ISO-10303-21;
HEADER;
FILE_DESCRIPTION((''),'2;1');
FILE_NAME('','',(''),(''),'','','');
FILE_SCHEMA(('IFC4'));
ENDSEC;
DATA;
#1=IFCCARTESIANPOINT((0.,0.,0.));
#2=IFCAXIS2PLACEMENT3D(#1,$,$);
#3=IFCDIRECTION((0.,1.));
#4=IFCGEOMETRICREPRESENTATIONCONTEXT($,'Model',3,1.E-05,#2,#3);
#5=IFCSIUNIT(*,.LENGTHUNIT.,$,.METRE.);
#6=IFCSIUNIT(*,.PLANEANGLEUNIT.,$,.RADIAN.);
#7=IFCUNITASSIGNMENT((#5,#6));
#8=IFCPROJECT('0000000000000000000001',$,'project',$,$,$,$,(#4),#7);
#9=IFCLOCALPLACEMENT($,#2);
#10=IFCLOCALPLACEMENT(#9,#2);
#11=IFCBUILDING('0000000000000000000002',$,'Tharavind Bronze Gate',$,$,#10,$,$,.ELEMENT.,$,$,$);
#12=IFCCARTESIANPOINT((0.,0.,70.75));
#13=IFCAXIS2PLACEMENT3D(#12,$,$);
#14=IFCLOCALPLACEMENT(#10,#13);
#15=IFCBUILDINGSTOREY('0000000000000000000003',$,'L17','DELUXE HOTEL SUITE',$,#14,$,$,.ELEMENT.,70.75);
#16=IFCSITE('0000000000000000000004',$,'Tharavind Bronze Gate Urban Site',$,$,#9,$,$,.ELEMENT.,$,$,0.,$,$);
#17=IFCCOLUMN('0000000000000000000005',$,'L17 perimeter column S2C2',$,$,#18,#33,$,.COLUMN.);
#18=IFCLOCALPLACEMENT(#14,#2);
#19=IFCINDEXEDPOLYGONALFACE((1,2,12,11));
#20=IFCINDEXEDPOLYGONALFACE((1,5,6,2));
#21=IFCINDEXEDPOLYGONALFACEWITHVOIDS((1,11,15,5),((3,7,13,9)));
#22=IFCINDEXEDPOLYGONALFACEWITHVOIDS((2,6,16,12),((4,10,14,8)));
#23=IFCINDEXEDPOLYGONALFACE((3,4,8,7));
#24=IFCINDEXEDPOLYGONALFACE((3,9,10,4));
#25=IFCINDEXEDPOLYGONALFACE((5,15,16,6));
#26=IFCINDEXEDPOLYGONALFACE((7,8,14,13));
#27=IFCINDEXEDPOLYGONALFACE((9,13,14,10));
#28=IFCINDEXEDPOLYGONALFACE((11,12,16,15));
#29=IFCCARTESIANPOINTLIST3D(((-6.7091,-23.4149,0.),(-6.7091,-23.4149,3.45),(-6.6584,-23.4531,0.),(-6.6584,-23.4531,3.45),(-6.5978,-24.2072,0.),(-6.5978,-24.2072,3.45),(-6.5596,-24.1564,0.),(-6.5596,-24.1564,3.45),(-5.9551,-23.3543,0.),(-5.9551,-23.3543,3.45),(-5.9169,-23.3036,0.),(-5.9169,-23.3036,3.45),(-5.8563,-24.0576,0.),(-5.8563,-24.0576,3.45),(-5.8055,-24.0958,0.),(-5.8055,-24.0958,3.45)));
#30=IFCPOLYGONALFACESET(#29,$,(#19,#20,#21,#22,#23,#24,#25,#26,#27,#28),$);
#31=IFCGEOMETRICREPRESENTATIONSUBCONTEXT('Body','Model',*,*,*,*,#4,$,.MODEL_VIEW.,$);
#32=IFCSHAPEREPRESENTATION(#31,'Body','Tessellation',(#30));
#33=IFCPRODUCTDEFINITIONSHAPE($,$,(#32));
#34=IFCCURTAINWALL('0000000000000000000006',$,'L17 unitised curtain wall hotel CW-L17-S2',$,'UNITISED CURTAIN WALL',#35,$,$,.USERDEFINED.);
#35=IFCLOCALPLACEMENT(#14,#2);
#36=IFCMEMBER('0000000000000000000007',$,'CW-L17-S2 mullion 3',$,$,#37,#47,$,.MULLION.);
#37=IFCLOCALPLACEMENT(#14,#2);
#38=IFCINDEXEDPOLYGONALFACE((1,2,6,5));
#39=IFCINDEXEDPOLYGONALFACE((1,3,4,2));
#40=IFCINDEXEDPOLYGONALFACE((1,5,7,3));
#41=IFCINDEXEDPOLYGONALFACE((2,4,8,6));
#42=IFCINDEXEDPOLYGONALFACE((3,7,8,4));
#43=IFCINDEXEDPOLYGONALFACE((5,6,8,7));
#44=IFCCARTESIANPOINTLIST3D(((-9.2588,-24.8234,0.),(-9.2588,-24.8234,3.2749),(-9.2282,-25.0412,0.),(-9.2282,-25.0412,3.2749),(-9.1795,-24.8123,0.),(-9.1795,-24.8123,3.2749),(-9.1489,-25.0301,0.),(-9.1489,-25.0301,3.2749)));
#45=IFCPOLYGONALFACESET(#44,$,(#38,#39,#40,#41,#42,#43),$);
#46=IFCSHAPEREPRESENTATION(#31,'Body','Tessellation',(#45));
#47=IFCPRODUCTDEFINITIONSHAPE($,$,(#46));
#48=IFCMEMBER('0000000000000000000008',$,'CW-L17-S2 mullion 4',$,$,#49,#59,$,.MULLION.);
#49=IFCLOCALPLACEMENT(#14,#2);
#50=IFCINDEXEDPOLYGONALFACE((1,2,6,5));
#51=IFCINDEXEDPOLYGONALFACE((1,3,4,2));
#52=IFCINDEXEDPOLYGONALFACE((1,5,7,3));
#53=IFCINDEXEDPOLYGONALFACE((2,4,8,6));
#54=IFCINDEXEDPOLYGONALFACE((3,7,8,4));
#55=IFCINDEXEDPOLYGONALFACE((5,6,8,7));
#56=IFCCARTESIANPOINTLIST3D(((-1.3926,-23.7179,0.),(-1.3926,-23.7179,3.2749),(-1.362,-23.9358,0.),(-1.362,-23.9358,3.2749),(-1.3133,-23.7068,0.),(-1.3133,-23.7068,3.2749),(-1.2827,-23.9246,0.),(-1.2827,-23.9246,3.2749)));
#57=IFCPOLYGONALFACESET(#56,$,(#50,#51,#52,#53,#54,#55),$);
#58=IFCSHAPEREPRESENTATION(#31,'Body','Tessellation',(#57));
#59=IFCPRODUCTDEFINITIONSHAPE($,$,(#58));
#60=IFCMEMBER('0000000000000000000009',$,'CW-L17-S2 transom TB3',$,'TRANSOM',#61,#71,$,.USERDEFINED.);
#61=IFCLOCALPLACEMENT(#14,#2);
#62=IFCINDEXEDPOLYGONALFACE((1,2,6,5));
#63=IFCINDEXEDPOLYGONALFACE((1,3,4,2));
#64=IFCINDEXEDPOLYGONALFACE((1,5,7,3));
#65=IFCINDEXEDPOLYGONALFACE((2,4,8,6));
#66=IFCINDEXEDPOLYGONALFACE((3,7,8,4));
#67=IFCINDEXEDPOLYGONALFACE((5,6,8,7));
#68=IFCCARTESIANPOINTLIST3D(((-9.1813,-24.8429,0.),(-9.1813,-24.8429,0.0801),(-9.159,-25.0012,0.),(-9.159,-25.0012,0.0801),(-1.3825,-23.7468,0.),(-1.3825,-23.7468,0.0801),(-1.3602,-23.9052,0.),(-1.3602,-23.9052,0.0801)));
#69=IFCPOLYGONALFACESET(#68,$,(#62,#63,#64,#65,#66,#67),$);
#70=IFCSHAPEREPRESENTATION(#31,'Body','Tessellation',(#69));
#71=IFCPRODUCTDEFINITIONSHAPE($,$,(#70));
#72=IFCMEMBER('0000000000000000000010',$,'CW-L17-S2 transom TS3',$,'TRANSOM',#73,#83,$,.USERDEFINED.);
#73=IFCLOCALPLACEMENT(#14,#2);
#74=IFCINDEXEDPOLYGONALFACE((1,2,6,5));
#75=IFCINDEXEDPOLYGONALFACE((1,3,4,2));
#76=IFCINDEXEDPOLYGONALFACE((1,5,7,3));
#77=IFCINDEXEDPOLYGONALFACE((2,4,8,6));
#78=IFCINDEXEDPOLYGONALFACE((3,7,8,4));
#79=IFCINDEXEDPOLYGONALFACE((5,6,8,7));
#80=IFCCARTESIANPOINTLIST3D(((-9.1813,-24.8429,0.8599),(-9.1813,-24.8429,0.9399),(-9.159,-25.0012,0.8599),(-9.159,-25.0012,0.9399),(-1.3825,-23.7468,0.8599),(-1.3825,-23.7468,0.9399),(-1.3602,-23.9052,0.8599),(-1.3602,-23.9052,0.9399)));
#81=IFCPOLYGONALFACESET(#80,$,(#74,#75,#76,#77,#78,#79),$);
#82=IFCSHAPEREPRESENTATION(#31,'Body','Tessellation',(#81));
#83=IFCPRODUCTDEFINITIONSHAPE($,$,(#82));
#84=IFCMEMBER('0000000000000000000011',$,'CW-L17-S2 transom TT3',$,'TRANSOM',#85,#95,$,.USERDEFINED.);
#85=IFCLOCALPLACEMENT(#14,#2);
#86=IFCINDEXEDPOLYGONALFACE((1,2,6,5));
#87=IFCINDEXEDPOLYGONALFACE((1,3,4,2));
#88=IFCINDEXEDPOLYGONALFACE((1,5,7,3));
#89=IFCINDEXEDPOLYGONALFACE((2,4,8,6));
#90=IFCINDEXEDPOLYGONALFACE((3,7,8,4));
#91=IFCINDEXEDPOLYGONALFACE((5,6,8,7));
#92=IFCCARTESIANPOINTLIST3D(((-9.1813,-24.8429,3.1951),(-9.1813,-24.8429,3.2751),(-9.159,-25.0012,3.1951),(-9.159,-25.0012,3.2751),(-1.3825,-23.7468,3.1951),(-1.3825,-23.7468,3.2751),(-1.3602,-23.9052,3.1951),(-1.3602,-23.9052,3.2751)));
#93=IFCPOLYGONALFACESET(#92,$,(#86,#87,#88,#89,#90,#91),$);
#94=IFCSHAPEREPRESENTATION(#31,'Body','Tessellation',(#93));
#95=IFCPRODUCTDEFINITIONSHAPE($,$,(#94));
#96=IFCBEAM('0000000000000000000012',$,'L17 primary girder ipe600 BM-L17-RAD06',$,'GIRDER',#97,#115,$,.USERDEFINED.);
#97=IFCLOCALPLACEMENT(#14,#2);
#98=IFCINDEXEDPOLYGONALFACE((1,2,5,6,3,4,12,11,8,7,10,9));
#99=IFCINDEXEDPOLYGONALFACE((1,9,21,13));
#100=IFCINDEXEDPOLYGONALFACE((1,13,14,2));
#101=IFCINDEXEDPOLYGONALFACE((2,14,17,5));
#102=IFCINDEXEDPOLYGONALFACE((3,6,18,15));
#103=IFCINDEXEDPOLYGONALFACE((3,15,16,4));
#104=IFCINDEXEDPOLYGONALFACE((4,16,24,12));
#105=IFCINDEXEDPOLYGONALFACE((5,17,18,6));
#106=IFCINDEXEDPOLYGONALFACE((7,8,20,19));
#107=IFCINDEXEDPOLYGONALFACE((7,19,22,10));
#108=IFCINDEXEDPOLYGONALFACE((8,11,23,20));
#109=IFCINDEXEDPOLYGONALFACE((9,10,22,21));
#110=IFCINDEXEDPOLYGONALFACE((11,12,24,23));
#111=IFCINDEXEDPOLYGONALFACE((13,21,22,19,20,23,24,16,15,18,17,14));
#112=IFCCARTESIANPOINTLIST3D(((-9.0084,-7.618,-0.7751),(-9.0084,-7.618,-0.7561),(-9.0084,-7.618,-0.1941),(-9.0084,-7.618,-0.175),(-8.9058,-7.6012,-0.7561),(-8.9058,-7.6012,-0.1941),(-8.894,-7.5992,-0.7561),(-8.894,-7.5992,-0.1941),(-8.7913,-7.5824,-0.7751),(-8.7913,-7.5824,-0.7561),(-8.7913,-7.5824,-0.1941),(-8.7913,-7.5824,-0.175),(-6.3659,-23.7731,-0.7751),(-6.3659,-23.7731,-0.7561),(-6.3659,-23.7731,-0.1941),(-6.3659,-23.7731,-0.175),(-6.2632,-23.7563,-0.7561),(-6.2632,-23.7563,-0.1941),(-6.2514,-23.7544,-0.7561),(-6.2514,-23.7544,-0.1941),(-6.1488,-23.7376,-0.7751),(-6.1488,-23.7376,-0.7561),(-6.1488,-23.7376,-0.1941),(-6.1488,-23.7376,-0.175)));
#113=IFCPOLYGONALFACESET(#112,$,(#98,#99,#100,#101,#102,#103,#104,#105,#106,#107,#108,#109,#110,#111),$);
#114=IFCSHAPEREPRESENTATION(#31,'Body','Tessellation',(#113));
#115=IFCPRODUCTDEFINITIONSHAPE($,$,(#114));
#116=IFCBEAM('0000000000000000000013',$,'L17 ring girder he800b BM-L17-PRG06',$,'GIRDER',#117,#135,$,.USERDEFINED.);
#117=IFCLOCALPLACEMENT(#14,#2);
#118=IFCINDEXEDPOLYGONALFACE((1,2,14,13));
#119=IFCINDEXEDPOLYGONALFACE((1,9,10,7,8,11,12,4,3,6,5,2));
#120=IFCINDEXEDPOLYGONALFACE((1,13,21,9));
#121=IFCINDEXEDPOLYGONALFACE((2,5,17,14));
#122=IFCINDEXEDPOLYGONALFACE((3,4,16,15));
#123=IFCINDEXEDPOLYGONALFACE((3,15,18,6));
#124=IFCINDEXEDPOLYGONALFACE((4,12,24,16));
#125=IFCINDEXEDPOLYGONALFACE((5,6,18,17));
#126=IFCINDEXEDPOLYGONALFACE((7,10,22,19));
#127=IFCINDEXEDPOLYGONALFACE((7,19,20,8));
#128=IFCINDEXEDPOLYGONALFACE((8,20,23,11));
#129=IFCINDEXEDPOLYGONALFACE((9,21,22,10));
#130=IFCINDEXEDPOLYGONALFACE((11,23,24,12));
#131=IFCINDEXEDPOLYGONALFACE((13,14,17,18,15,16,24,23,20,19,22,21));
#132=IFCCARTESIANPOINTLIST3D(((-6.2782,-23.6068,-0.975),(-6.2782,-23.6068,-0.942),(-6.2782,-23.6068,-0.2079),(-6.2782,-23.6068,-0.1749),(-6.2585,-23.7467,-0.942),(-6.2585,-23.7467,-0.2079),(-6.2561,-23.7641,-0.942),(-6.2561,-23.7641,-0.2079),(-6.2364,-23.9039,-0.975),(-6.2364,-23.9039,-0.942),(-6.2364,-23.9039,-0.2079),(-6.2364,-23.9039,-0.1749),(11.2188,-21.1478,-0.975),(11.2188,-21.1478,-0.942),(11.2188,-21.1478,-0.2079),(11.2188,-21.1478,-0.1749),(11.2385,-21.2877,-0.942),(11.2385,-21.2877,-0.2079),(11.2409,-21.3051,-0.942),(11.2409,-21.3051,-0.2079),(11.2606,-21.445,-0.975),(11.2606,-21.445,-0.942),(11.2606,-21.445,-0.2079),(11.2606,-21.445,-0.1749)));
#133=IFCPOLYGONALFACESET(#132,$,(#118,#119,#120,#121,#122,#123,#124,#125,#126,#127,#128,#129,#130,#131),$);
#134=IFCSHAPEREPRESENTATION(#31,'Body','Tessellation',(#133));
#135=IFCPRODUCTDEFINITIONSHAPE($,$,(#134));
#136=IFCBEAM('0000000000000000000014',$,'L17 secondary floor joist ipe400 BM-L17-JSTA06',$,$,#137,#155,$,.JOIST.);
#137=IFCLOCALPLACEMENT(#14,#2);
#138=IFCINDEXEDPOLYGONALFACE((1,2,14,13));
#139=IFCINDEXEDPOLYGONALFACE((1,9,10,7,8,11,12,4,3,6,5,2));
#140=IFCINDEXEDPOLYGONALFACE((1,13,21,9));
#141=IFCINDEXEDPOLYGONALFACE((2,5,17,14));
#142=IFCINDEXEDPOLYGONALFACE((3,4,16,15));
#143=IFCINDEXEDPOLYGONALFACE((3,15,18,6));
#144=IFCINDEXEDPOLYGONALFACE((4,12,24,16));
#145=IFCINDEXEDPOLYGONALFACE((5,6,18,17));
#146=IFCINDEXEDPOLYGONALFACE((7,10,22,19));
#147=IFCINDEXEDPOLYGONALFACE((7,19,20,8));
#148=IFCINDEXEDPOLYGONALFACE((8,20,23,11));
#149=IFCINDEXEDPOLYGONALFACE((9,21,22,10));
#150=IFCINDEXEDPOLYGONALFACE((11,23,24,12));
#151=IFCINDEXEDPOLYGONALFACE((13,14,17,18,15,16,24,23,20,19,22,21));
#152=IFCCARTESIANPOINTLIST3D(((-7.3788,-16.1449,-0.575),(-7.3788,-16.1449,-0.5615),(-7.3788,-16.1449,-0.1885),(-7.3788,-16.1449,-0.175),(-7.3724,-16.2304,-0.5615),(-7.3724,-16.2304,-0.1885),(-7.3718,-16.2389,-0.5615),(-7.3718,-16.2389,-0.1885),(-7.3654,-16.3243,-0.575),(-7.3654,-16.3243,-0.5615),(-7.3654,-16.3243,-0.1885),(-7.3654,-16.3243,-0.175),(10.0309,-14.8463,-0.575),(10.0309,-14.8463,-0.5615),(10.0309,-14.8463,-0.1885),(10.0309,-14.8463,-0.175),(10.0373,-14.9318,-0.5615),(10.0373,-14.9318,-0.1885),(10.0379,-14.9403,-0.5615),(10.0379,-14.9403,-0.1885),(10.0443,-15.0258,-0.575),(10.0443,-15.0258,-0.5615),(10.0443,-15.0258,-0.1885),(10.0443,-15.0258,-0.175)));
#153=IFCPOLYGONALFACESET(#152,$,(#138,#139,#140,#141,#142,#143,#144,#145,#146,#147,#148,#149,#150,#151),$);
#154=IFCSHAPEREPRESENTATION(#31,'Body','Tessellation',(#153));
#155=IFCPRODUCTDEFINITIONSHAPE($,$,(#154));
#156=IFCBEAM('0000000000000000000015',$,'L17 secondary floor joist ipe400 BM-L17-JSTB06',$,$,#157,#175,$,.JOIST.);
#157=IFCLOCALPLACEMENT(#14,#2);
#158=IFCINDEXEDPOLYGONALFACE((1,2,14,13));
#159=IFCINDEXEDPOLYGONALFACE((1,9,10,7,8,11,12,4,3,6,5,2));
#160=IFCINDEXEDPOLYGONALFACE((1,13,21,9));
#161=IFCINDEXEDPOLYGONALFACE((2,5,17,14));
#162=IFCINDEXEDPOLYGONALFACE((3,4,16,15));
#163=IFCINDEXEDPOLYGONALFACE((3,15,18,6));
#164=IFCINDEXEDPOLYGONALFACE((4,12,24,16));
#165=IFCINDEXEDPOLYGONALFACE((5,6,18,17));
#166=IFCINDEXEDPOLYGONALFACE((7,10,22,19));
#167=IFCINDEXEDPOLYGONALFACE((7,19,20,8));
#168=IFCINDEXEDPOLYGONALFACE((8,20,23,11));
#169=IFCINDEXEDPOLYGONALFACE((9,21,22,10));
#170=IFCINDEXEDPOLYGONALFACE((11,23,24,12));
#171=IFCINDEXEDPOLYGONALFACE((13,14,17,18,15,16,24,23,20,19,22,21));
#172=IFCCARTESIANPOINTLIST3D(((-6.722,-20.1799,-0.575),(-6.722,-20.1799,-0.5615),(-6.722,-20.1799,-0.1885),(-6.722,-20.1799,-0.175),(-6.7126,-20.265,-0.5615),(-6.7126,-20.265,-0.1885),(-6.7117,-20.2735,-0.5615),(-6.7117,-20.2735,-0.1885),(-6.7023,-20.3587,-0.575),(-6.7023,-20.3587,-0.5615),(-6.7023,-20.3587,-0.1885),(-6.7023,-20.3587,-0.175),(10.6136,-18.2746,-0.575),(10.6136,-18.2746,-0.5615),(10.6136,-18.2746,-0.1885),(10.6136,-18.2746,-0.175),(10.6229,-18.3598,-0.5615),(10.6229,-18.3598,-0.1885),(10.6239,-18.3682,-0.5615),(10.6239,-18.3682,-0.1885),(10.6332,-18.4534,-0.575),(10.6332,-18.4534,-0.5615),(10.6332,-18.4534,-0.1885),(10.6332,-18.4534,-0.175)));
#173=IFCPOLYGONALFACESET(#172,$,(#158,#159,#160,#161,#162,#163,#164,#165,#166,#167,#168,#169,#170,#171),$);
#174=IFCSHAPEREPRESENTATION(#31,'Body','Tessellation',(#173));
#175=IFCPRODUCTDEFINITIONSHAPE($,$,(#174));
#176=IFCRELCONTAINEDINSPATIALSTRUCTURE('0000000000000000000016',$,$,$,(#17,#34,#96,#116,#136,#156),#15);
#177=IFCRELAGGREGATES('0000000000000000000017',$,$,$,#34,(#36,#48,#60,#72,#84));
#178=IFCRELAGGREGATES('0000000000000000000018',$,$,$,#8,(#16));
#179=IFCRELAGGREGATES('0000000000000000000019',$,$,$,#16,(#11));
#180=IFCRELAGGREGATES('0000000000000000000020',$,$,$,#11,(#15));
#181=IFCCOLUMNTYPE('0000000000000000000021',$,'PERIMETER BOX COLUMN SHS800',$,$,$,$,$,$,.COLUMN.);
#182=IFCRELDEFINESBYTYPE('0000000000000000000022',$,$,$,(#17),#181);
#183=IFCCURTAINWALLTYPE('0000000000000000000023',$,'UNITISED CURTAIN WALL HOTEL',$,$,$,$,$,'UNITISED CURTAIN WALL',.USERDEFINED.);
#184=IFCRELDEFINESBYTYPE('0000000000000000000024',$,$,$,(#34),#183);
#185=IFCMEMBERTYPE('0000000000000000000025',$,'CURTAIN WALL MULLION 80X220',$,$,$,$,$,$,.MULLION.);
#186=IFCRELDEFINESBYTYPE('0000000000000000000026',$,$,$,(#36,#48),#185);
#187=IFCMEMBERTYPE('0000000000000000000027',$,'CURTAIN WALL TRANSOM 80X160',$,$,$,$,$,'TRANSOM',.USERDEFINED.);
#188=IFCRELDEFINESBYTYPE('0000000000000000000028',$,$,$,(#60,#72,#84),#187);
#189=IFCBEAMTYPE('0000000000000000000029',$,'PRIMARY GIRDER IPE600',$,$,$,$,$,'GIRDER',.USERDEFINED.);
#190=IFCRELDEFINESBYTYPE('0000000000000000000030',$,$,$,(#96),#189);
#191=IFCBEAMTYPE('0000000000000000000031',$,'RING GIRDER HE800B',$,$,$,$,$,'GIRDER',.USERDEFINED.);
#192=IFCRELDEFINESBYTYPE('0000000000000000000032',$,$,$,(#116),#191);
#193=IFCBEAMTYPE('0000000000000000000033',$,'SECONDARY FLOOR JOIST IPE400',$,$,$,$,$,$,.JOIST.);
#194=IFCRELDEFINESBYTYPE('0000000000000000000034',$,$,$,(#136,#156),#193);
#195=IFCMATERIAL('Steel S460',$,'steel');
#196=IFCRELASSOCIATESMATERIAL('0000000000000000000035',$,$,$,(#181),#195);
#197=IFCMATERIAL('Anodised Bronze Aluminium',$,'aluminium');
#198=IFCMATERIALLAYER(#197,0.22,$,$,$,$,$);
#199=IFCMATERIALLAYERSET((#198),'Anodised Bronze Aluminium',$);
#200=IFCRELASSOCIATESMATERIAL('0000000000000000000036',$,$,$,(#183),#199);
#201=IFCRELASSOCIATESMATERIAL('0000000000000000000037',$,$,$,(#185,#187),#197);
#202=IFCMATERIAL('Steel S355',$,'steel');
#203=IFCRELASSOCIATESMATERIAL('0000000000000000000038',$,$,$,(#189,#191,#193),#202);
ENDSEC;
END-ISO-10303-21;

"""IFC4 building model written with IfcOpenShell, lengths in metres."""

from ifc_helpers import new_model, si_unit, direction, frame, origin, origin_2d, place, context, subcontext, project, spatial, rectangle, hollow_rectangle, i_section, extrude, material, layer, layer_set, material_profile, profile_set, type_object, element, aggregate, save


model = new_model("IFC4")

# Units and contexts
model_context = context("Model", 3, precision=1e-05, world=origin(), true_north=direction((0.0, 1.0)))
body_context = subcontext(model_context, "Body", "Model", "MODEL_VIEW")
ifc_project = project(units=[si_unit("LENGTHUNIT", "METRE"), si_unit("PLANEANGLEUNIT", "RADIAN")], contexts=[model_context])

# Site, building, storey
site_placement = place(None, origin())
site = spatial("IfcSite", under=ifc_project, at=site_placement, Name="Tharavind Bronze Gate Urban Site", CompositionType="ELEMENT", RefElevation=0.0)
building_placement = place(site_placement, origin())
building = spatial("IfcBuilding", under=site, at=building_placement, Name="Tharavind Bronze Gate", CompositionType="ELEMENT")
storey_placement = place(building_placement, frame((0.0, 0.0, 70.75)))
storey = spatial("IfcBuildingStorey", under=building, at=storey_placement, Name="L17", Description="DELUXE HOTEL SUITE", CompositionType="ELEMENT", Elevation=70.75)

# Column
ifc_material_1 = material(Name="Steel S460", Category="steel")
ifc_material_profile_1 = material_profile(ifc_material_1, hollow_rectangle(XDim=0.8, YDim=0.8, WallThickness=0.0449, at=origin_2d()), Name="SHS800X45")
ifc_profile_set_1 = profile_set([ifc_material_profile_1], Name="Steel S460")
column_type = type_object("IfcColumnType", Name="PERIMETER BOX COLUMN SHS800", PredefinedType="COLUMN", material=ifc_profile_set_1)
column_placement = place(storey_placement, frame((-6.2573, -23.7554, 0.0), z_axis=(0.0, 0.0, 1.0), x_axis=(0.990268, 0.139173, 0.0)))
element("IfcColumn", 1, at=column_placement, inside=storey, type_object=column_type, Name="L17 perimeter column S2C2", PredefinedType="COLUMN", context=body_context, shape_type="SweptSolid", body=[
    extrude(hollow_rectangle(XDim=0.8, YDim=0.8, WallThickness=0.0449, at=origin_2d()), origin(), (0.0, 0.0, 1.0), 3.45),
])

# Curtain wall, members
ifc_material_2 = material(Name="Anodised Bronze Aluminium", Category="aluminium")
ifc_layer_1 = layer(ifc_material_2, 0.22)
ifc_layer_set_1 = layer_set([ifc_layer_1], Name="Anodised Bronze Aluminium")
curtain_wall_type = type_object("IfcCurtainWallType", Name="UNITISED CURTAIN WALL HOTEL", ElementType="UNITISED CURTAIN WALL", PredefinedType="USERDEFINED", material=ifc_layer_set_1)
curtain_wall_placement = place(storey_placement, origin())
curtain_wall = element("IfcCurtainWall", 2, at=curtain_wall_placement, inside=storey, type_object=curtain_wall_type, Name="L17 unitised curtain wall hotel CW-L17-S2", ObjectType="UNITISED CURTAIN WALL", PredefinedType="USERDEFINED")
member_type_1 = type_object("IfcMemberType", Name="CURTAIN WALL MULLION 80X220", PredefinedType="MULLION", material=ifc_material_2)
member_1_placement = place(storey_placement, frame((-9.2039, -24.9268, 0.0), z_axis=(0.0, 0.0, 1.0), x_axis=(0.990268, 0.139173, 0.0)))
member_1 = element("IfcMember", 3, at=member_1_placement, type_object=member_type_1, Name="CW-L17-S2 mullion 3", PredefinedType="MULLION", context=body_context, shape_type="SweptSolid", body=[
    extrude(rectangle(XDim=0.0801, YDim=0.22, at=origin_2d()), origin(), (0.0, 0.0, 1.0), 3.2749),
])
member_2_placement = place(storey_placement, frame((-1.3376, -23.8213, 0.0), z_axis=(0.0, 0.0, 1.0), x_axis=(0.990268, 0.139173, 0.0)))
member_2 = element("IfcMember", 4, at=member_2_placement, type_object=member_type_1, Name="CW-L17-S2 mullion 4", PredefinedType="MULLION", context=body_context, shape_type="SweptSolid", body=[
    extrude(rectangle(XDim=0.0801, YDim=0.22, at=origin_2d()), origin(), (0.0, 0.0, 1.0), 3.2749),
])
member_type_2 = type_object("IfcMemberType", Name="CURTAIN WALL TRANSOM 80X160", ElementType="TRANSOM", PredefinedType="USERDEFINED", material=ifc_material_2)
member_3_placement = place(storey_placement, frame((-5.2708, -24.374, 0.0), z_axis=(0.0, 0.0, 1.0), x_axis=(0.990268, 0.139173, 0.0)))
member_3 = element("IfcMember", 5, at=member_3_placement, type_object=member_type_2, Name="CW-L17-S2 transom TB3", ObjectType="TRANSOM", PredefinedType="USERDEFINED", context=body_context, shape_type="SweptSolid", body=[
    extrude(rectangle(XDim=7.8755, YDim=0.1599, at=origin_2d()), origin(), (0.0, 0.0, 1.0), 0.0801),
])
member_4_placement = place(storey_placement, frame((-5.2708, -24.374, 0.8599), z_axis=(0.0, 0.0, 1.0), x_axis=(0.990268, 0.139173, 0.0)))
member_4 = element("IfcMember", 6, at=member_4_placement, type_object=member_type_2, Name="CW-L17-S2 transom TS3", ObjectType="TRANSOM", PredefinedType="USERDEFINED", context=body_context, shape_type="SweptSolid", body=[
    extrude(rectangle(XDim=7.8755, YDim=0.1599, at=origin_2d()), origin(), (0.0, 0.0, 1.0), 0.0801),
])
member_5_placement = place(storey_placement, frame((-5.2708, -24.374, 3.1951), z_axis=(0.0, 0.0, 1.0), x_axis=(0.990268, 0.139173, 0.0)))
member_5 = element("IfcMember", 7, at=member_5_placement, type_object=member_type_2, Name="CW-L17-S2 transom TT3", ObjectType="TRANSOM", PredefinedType="USERDEFINED", context=body_context, shape_type="SweptSolid", body=[
    extrude(rectangle(XDim=7.8755, YDim=0.1599, at=origin_2d()), origin(), (0.0, 0.0, 1.0), 0.0801),
])

# Beams
ifc_material_3 = material(Name="Steel S355", Category="steel")
ifc_material_profile_2 = material_profile(ifc_material_3, i_section(OverallWidth=0.22, OverallDepth=0.6001, WebThickness=0.012, FlangeThickness=0.019, at=origin_2d()), Name="IPE600")
ifc_profile_set_2 = profile_set([ifc_material_profile_2], Name="Steel S355")
beam_type_1 = type_object("IfcBeamType", Name="PRIMARY GIRDER IPE600", ElementType="GIRDER", PredefinedType="USERDEFINED", material=ifc_profile_set_2)
beam_1_placement = place(storey_placement, frame((-6.2573, -23.7554, -0.4751), z_axis=(-0.161428, 0.986884, 0.0), x_axis=(-0.986884, -0.161428, 0.0)))
element("IfcBeam", 8, at=beam_1_placement, inside=storey, type_object=beam_type_1, Name="L17 primary girder ipe600 BM-L17-RAD06", ObjectType="GIRDER", PredefinedType="USERDEFINED", context=body_context, shape_type="SweptSolid", body=[
    extrude(i_section(OverallWidth=0.22, OverallDepth=0.6001, WebThickness=0.012, FlangeThickness=0.019, at=origin_2d()), origin(), (0.0, 0.0, 1.0), 16.3699),
])
ifc_material_profile_3 = material_profile(ifc_material_3, i_section(OverallWidth=0.3, OverallDepth=0.8, WebThickness=0.0176, FlangeThickness=0.033, at=origin_2d()), Name="HE800B")
ifc_profile_set_3 = profile_set([ifc_material_profile_3], Name="Steel S355")
beam_type_2 = type_object("IfcBeamType", Name="RING GIRDER HE800B", ElementType="GIRDER", PredefinedType="USERDEFINED", material=ifc_profile_set_3)
beam_2_placement = place(storey_placement, frame((-6.2573, -23.7554, -0.575), z_axis=(0.990269, 0.139169, 0.0), x_axis=(-0.139169, 0.990269, 0.0)))
element("IfcBeam", 9, at=beam_2_placement, inside=storey, type_object=beam_type_2, Name="L17 ring girder he800b BM-L17-PRG06", ObjectType="GIRDER", PredefinedType="USERDEFINED", context=body_context, shape_type="SweptSolid", body=[
    extrude(i_section(OverallWidth=0.3, OverallDepth=0.8, WebThickness=0.0176, FlangeThickness=0.033, at=origin_2d()), origin(), (0.0, 0.0, 1.0), 17.6689),
])
ifc_material_profile_4 = material_profile(ifc_material_3, i_section(OverallWidth=0.1799, OverallDepth=0.3999, WebThickness=0.0085, FlangeThickness=0.0134, at=origin_2d()), Name="IPE400")
ifc_profile_set_4 = profile_set([ifc_material_profile_4], Name="Steel S355")
beam_type_3 = type_object("IfcBeamType", Name="SECONDARY FLOOR JOIST IPE400", PredefinedType="JOIST", material=ifc_profile_set_4)
beam_3_placement = place(storey_placement, frame((-7.3721, -16.2346, -0.375), z_axis=(0.99723, 0.074383, 0.0), x_axis=(-0.074383, 0.99723, 0.0)))
element("IfcBeam", 10, at=beam_3_placement, inside=storey, type_object=beam_type_3, Name="L17 secondary floor joist ipe400 BM-L17-JSTA06", PredefinedType="JOIST", context=body_context, shape_type="SweptSolid", body=[
    extrude(i_section(OverallWidth=0.1799, OverallDepth=0.3999, WebThickness=0.0085, FlangeThickness=0.0134, at=origin_2d()), origin(), (0.0, 0.0, 1.0), 17.458),
])
beam_4_placement = place(storey_placement, frame((-6.7122, -20.2693, -0.375), z_axis=(0.994014, 0.109248, 0.0), x_axis=(-0.109248, 0.994014, 0.0)))
element("IfcBeam", 11, at=beam_4_placement, inside=storey, type_object=beam_type_3, Name="L17 secondary floor joist ipe400 BM-L17-JSTB06", PredefinedType="JOIST", context=body_context, shape_type="SweptSolid", body=[
    extrude(i_section(OverallWidth=0.1799, OverallDepth=0.3999, WebThickness=0.0085, FlangeThickness=0.0134, at=origin_2d()), origin(), (0.0, 0.0, 1.0), 17.4399),
])

aggregate(curtain_wall, [member_1, member_2, member_3, member_4, member_5])

save(model, "model.ifc")
